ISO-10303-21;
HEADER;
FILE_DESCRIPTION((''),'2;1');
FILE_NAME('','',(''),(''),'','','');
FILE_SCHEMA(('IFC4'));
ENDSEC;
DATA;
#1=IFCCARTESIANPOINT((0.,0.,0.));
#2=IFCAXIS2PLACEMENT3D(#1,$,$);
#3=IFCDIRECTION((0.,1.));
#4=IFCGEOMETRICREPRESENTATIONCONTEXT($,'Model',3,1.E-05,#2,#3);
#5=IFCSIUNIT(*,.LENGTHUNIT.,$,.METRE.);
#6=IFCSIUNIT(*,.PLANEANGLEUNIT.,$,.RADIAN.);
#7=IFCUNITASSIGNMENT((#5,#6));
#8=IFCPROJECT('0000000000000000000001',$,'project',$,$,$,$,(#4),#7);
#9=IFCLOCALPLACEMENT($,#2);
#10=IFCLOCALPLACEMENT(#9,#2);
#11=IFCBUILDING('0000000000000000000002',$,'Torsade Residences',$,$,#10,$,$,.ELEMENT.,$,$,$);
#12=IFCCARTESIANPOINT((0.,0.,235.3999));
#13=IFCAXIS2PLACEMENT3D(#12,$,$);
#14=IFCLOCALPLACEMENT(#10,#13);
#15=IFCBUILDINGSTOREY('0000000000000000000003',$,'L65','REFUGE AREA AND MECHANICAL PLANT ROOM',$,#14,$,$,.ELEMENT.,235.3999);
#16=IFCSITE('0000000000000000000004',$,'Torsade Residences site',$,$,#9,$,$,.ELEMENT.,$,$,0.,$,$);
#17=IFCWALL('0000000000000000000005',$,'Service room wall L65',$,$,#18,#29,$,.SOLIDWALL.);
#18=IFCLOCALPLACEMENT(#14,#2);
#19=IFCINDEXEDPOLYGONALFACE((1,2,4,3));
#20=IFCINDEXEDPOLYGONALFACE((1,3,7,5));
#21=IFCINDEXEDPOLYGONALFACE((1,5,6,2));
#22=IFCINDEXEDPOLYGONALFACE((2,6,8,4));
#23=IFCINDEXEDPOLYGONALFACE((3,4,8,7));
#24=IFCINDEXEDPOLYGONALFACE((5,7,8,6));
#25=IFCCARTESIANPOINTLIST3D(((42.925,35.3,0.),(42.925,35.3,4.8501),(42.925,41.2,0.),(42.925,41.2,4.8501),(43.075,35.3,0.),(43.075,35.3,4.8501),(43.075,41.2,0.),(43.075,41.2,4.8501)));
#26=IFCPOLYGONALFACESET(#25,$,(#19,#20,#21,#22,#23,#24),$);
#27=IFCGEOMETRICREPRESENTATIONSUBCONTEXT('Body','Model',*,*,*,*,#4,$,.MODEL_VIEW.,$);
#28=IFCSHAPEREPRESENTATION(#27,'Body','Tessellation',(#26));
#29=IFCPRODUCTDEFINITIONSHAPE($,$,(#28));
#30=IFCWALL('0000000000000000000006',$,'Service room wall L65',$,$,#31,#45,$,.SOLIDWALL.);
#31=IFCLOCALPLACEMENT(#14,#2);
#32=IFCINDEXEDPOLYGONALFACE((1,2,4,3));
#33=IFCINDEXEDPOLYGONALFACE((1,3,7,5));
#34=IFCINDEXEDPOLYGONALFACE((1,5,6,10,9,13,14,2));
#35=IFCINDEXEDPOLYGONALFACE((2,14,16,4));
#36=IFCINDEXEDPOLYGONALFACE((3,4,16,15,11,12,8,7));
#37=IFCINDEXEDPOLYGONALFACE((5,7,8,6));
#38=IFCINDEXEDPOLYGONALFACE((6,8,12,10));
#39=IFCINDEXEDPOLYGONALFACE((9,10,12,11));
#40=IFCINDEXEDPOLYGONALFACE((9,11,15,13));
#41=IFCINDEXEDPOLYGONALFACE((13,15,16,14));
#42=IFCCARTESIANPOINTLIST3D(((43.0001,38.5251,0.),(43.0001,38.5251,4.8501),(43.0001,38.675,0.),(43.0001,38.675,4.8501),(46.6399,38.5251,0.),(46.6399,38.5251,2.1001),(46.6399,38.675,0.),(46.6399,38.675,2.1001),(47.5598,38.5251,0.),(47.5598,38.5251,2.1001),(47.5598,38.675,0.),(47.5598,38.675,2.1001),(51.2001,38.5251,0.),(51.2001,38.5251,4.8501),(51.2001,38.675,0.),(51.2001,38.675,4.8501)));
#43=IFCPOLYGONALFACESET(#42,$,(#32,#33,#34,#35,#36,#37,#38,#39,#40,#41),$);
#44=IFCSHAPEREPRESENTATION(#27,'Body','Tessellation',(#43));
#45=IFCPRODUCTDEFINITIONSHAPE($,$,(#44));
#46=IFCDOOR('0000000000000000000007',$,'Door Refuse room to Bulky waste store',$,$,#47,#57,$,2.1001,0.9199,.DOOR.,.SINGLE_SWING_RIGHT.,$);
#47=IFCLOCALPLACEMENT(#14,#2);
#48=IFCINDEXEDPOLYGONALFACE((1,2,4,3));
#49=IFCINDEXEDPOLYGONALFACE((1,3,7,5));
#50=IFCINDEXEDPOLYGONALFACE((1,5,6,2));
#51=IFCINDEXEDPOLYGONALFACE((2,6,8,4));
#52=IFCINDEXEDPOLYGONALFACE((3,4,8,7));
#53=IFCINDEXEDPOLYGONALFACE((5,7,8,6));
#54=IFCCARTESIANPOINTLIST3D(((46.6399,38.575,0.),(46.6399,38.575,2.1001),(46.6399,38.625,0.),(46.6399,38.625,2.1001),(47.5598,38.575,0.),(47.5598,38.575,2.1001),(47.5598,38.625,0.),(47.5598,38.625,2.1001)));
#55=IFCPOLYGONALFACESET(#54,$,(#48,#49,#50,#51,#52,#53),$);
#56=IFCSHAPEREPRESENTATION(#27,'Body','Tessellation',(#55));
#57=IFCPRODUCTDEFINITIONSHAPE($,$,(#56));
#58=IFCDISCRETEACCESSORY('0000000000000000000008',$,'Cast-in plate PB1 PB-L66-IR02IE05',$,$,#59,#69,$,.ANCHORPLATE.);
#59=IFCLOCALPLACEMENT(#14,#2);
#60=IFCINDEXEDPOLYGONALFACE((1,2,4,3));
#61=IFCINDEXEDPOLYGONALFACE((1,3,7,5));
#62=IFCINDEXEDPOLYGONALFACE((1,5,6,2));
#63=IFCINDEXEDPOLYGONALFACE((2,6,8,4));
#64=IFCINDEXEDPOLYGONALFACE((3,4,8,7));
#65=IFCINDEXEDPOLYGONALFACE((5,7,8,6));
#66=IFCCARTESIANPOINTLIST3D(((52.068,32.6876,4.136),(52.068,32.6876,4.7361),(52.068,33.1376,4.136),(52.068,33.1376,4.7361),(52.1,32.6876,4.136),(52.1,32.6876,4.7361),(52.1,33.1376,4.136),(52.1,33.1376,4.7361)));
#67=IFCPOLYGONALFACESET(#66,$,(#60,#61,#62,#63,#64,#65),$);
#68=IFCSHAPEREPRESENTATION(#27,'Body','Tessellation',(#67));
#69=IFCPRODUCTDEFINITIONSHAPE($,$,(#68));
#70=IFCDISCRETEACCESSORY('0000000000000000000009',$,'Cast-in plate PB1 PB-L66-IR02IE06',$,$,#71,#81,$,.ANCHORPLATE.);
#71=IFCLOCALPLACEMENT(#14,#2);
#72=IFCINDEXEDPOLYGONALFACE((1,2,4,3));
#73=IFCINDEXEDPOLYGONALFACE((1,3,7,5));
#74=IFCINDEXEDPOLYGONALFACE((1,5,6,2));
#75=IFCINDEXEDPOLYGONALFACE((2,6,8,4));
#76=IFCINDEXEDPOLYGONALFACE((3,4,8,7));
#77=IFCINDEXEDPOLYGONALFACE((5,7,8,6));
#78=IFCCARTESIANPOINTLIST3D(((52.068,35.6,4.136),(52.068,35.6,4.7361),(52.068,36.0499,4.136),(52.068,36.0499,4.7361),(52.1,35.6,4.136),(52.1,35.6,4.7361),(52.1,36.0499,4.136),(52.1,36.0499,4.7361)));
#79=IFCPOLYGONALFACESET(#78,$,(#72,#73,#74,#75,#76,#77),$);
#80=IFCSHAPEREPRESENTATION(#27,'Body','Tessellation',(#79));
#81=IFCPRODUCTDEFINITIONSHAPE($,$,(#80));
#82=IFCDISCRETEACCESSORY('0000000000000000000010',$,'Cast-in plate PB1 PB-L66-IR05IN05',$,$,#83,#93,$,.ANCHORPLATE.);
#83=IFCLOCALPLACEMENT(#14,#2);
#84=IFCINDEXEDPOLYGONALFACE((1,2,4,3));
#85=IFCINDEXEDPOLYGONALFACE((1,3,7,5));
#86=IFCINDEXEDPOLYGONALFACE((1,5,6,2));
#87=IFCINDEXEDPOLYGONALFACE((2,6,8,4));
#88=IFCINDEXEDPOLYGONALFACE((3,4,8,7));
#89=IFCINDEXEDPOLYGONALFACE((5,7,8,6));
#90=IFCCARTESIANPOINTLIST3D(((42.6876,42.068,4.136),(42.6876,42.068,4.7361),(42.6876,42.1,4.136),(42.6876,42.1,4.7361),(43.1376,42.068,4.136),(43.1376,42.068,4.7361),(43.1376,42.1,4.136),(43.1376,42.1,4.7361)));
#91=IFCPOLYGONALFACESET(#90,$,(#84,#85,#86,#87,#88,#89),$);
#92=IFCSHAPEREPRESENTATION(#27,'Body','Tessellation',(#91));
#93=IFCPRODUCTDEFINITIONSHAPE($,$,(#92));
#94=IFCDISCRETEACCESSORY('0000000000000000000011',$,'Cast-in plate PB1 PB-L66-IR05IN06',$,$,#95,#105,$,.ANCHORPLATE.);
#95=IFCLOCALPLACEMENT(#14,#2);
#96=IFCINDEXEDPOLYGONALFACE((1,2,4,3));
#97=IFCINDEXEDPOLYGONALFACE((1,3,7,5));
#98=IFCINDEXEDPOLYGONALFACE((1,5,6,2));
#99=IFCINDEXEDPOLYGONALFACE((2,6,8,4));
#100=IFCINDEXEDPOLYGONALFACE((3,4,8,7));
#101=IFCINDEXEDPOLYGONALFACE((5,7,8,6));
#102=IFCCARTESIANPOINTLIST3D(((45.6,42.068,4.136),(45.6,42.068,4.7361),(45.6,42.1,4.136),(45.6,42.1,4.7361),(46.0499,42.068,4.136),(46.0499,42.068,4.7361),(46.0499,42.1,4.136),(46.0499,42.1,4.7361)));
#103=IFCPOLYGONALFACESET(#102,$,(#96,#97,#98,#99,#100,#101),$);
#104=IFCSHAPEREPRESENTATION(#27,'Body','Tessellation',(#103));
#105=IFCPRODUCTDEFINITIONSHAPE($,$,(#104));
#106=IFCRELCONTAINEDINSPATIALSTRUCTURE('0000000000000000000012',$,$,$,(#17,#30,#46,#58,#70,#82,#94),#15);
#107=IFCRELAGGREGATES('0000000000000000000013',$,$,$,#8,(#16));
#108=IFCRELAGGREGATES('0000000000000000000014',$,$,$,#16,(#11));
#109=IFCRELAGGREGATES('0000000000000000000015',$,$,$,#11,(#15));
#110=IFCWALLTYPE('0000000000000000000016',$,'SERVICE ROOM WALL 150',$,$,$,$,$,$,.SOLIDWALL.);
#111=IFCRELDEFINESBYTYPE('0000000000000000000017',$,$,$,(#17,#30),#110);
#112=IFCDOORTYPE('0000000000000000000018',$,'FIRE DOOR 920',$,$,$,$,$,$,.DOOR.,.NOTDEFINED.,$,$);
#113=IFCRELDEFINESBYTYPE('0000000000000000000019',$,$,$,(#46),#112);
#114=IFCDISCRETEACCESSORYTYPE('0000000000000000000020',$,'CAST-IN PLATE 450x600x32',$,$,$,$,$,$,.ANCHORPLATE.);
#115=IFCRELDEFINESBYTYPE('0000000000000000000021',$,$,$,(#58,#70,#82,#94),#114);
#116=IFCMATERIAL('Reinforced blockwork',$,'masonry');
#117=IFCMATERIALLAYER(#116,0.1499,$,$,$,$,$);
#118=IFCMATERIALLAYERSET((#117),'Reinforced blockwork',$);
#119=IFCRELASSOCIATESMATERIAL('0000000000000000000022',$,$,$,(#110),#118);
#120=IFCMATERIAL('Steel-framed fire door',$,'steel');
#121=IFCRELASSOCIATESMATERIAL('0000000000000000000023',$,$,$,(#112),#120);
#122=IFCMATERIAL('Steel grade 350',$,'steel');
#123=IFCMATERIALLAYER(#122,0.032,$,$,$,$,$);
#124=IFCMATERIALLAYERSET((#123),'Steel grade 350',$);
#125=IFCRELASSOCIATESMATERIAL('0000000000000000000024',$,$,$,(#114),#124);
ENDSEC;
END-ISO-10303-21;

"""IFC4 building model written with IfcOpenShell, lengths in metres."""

from ifc_helpers import new_model, si_unit, direction, frame, frame_2d, origin, origin_2d, place, context, subcontext, project, spatial, rectangle, extrude, material, layer, layer_set, type_object, element, fill, save


model = new_model("IFC4")

# Units and contexts
model_context = context("Model", 3, precision=1e-05, world=origin(), true_north=direction((0.0, 1.0)))
body_context = subcontext(model_context, "Body", "Model", "MODEL_VIEW")
ifc_project = project(units=[si_unit("LENGTHUNIT", "METRE"), si_unit("PLANEANGLEUNIT", "RADIAN")], contexts=[model_context])

# Site, building, storey
site_placement = place(None, origin())
site = spatial("IfcSite", under=ifc_project, at=site_placement, Name="Torsade Residences site", CompositionType="ELEMENT", RefElevation=0.0)
building_placement = place(site_placement, origin())
building = spatial("IfcBuilding", under=site, at=building_placement, Name="Torsade Residences", CompositionType="ELEMENT")
storey_placement = place(building_placement, frame((0.0, 0.0, 235.3999)))
storey = spatial("IfcBuildingStorey", under=building, at=storey_placement, Name="L65", Description="REFUGE AREA AND MECHANICAL PLANT ROOM", CompositionType="ELEMENT", Elevation=235.3999)

# Wall
ifc_material_1 = material(Name="Reinforced blockwork", Category="masonry")
ifc_layer_1 = layer(ifc_material_1, 0.1499)
ifc_layer_set_1 = layer_set([ifc_layer_1], Name="Reinforced blockwork")
wall_type_1 = type_object("IfcWallType", Name="SERVICE ROOM WALL 150", PredefinedType="SOLIDWALL", material=ifc_layer_set_1)
wall_1_placement = place(storey_placement, frame((43.0, 41.2, 0.0), z_axis=(0.0, 0.0, 1.0), x_axis=(0.0, -1.0, 0.0)))
element("IfcWall", 1, at=wall_1_placement, inside=storey, type_object=wall_type_1, Name="Service room wall L65", PredefinedType="SOLIDWALL", context=body_context, shape_type="SweptSolid", body=[
    extrude(rectangle(XDim=5.8999, YDim=0.1499, at=frame_2d((2.95, 0.0))), origin(), (0.0, 0.0, 1.0), 4.8501),
])

# Wall, opening, door
wall_2_placement = place(storey_placement, frame((43.0, 38.6001, 0.0), z_axis=(0.0, 0.0, 1.0), x_axis=(1.0, 0.0, 0.0)))
wall_2 = element("IfcWall", 2, at=wall_2_placement, inside=storey, type_object=wall_type_1, Name="Service room wall L65", PredefinedType="SOLIDWALL", context=body_context, shape_type="SweptSolid", body=[
    extrude(rectangle(XDim=8.2, YDim=0.1499, at=frame_2d((4.1001, 0.0))), origin(), (0.0, 0.0, 1.0), 4.8501),
])
opening_placement = place(wall_2_placement, frame((3.6399, 0.0, 0.0)))
opening = element("IfcOpeningElement", 3, at=opening_placement, cuts=wall_2, PredefinedType="OPENING", context=body_context, shape_type="SweptSolid", body=[
    extrude(rectangle(XDim=0.9199, YDim=2.1001, at=frame_2d((0.46, 1.05))), frame((0.0, 0.085, 0.0), z_axis=(0.0, -1.0, 0.0), x_axis=(1.0, 0.0, 0.0)), (0.0, 0.0, 1.0), 0.1699),
])
ifc_material_2 = material(Name="Steel-framed fire door", Category="steel")
door_type = type_object("IfcDoorType", Name="FIRE DOOR 920", OperationType="NOTDEFINED", PredefinedType="DOOR", material=ifc_material_2)
door_placement = place(opening_placement, origin())
door = element("IfcDoor", 4, at=door_placement, inside=storey, type_object=door_type, Name="Door Refuse room to Bulky waste store", OperationType="SINGLE_SWING_RIGHT", OverallHeight=2.1001, OverallWidth=0.9199, PredefinedType="DOOR", context=body_context, shape_type="SweptSolid", body=[
    extrude(rectangle(XDim=0.9199, YDim=2.1001, at=frame_2d((0.46, 1.05))), frame((0.0, 0.0249, 0.0), z_axis=(0.0, -1.0, 0.0), x_axis=(1.0, 0.0, 0.0)), (0.0, 0.0, 1.0), 0.05),
])
fill(opening, door)

# Discrete accessories
ifc_material_3 = material(Name="Steel grade 350", Category="steel")
ifc_layer_2 = layer(ifc_material_3, 0.032)
ifc_layer_set_2 = layer_set([ifc_layer_2], Name="Steel grade 350")
discrete_accessory_type = type_object("IfcDiscreteAccessoryType", Name="CAST-IN PLATE 450x600x32", PredefinedType="ANCHORPLATE", material=ifc_layer_set_2)
for number, where, z_axis, x_axis, name in (
    (5, (52.084, 32.9126, 4.136), (0.0, 0.0, 1.0), (1.0, 0.0, 0.0), "Cast-in plate PB1 PB-L66-IR02IE05"),
    (6, (52.084, 35.825, 4.136), (0.0, 0.0, 1.0), (1.0, 0.0, 0.0), "Cast-in plate PB1 PB-L66-IR02IE06"),
):
    element("IfcDiscreteAccessory", number, at=place(storey_placement, frame(where, z_axis=z_axis, x_axis=x_axis)), inside=storey, type_object=discrete_accessory_type, Name=name, PredefinedType="ANCHORPLATE", context=body_context, shape_type="SweptSolid", body=[
        extrude(rectangle(XDim=0.032, YDim=0.45, at=origin_2d()), origin(), (0.0, 0.0, 1.0), 0.6001),
    ])
for number, where, z_axis, x_axis, name in (
    (7, (42.9126, 42.084, 4.136), (0.0, 0.0, 1.0), (1.0, 0.0, 0.0), "Cast-in plate PB1 PB-L66-IR05IN05"),
    (8, (45.825, 42.084, 4.136), (0.0, 0.0, 1.0), (1.0, 0.0, 0.0), "Cast-in plate PB1 PB-L66-IR05IN06"),
):
    element("IfcDiscreteAccessory", number, at=place(storey_placement, frame(where, z_axis=z_axis, x_axis=x_axis)), inside=storey, type_object=discrete_accessory_type, Name=name, PredefinedType="ANCHORPLATE", context=body_context, shape_type="SweptSolid", body=[
        extrude(rectangle(XDim=0.45, YDim=0.032, at=origin_2d()), origin(), (0.0, 0.0, 1.0), 0.6001),
    ])

save(model, "model.ifc")
